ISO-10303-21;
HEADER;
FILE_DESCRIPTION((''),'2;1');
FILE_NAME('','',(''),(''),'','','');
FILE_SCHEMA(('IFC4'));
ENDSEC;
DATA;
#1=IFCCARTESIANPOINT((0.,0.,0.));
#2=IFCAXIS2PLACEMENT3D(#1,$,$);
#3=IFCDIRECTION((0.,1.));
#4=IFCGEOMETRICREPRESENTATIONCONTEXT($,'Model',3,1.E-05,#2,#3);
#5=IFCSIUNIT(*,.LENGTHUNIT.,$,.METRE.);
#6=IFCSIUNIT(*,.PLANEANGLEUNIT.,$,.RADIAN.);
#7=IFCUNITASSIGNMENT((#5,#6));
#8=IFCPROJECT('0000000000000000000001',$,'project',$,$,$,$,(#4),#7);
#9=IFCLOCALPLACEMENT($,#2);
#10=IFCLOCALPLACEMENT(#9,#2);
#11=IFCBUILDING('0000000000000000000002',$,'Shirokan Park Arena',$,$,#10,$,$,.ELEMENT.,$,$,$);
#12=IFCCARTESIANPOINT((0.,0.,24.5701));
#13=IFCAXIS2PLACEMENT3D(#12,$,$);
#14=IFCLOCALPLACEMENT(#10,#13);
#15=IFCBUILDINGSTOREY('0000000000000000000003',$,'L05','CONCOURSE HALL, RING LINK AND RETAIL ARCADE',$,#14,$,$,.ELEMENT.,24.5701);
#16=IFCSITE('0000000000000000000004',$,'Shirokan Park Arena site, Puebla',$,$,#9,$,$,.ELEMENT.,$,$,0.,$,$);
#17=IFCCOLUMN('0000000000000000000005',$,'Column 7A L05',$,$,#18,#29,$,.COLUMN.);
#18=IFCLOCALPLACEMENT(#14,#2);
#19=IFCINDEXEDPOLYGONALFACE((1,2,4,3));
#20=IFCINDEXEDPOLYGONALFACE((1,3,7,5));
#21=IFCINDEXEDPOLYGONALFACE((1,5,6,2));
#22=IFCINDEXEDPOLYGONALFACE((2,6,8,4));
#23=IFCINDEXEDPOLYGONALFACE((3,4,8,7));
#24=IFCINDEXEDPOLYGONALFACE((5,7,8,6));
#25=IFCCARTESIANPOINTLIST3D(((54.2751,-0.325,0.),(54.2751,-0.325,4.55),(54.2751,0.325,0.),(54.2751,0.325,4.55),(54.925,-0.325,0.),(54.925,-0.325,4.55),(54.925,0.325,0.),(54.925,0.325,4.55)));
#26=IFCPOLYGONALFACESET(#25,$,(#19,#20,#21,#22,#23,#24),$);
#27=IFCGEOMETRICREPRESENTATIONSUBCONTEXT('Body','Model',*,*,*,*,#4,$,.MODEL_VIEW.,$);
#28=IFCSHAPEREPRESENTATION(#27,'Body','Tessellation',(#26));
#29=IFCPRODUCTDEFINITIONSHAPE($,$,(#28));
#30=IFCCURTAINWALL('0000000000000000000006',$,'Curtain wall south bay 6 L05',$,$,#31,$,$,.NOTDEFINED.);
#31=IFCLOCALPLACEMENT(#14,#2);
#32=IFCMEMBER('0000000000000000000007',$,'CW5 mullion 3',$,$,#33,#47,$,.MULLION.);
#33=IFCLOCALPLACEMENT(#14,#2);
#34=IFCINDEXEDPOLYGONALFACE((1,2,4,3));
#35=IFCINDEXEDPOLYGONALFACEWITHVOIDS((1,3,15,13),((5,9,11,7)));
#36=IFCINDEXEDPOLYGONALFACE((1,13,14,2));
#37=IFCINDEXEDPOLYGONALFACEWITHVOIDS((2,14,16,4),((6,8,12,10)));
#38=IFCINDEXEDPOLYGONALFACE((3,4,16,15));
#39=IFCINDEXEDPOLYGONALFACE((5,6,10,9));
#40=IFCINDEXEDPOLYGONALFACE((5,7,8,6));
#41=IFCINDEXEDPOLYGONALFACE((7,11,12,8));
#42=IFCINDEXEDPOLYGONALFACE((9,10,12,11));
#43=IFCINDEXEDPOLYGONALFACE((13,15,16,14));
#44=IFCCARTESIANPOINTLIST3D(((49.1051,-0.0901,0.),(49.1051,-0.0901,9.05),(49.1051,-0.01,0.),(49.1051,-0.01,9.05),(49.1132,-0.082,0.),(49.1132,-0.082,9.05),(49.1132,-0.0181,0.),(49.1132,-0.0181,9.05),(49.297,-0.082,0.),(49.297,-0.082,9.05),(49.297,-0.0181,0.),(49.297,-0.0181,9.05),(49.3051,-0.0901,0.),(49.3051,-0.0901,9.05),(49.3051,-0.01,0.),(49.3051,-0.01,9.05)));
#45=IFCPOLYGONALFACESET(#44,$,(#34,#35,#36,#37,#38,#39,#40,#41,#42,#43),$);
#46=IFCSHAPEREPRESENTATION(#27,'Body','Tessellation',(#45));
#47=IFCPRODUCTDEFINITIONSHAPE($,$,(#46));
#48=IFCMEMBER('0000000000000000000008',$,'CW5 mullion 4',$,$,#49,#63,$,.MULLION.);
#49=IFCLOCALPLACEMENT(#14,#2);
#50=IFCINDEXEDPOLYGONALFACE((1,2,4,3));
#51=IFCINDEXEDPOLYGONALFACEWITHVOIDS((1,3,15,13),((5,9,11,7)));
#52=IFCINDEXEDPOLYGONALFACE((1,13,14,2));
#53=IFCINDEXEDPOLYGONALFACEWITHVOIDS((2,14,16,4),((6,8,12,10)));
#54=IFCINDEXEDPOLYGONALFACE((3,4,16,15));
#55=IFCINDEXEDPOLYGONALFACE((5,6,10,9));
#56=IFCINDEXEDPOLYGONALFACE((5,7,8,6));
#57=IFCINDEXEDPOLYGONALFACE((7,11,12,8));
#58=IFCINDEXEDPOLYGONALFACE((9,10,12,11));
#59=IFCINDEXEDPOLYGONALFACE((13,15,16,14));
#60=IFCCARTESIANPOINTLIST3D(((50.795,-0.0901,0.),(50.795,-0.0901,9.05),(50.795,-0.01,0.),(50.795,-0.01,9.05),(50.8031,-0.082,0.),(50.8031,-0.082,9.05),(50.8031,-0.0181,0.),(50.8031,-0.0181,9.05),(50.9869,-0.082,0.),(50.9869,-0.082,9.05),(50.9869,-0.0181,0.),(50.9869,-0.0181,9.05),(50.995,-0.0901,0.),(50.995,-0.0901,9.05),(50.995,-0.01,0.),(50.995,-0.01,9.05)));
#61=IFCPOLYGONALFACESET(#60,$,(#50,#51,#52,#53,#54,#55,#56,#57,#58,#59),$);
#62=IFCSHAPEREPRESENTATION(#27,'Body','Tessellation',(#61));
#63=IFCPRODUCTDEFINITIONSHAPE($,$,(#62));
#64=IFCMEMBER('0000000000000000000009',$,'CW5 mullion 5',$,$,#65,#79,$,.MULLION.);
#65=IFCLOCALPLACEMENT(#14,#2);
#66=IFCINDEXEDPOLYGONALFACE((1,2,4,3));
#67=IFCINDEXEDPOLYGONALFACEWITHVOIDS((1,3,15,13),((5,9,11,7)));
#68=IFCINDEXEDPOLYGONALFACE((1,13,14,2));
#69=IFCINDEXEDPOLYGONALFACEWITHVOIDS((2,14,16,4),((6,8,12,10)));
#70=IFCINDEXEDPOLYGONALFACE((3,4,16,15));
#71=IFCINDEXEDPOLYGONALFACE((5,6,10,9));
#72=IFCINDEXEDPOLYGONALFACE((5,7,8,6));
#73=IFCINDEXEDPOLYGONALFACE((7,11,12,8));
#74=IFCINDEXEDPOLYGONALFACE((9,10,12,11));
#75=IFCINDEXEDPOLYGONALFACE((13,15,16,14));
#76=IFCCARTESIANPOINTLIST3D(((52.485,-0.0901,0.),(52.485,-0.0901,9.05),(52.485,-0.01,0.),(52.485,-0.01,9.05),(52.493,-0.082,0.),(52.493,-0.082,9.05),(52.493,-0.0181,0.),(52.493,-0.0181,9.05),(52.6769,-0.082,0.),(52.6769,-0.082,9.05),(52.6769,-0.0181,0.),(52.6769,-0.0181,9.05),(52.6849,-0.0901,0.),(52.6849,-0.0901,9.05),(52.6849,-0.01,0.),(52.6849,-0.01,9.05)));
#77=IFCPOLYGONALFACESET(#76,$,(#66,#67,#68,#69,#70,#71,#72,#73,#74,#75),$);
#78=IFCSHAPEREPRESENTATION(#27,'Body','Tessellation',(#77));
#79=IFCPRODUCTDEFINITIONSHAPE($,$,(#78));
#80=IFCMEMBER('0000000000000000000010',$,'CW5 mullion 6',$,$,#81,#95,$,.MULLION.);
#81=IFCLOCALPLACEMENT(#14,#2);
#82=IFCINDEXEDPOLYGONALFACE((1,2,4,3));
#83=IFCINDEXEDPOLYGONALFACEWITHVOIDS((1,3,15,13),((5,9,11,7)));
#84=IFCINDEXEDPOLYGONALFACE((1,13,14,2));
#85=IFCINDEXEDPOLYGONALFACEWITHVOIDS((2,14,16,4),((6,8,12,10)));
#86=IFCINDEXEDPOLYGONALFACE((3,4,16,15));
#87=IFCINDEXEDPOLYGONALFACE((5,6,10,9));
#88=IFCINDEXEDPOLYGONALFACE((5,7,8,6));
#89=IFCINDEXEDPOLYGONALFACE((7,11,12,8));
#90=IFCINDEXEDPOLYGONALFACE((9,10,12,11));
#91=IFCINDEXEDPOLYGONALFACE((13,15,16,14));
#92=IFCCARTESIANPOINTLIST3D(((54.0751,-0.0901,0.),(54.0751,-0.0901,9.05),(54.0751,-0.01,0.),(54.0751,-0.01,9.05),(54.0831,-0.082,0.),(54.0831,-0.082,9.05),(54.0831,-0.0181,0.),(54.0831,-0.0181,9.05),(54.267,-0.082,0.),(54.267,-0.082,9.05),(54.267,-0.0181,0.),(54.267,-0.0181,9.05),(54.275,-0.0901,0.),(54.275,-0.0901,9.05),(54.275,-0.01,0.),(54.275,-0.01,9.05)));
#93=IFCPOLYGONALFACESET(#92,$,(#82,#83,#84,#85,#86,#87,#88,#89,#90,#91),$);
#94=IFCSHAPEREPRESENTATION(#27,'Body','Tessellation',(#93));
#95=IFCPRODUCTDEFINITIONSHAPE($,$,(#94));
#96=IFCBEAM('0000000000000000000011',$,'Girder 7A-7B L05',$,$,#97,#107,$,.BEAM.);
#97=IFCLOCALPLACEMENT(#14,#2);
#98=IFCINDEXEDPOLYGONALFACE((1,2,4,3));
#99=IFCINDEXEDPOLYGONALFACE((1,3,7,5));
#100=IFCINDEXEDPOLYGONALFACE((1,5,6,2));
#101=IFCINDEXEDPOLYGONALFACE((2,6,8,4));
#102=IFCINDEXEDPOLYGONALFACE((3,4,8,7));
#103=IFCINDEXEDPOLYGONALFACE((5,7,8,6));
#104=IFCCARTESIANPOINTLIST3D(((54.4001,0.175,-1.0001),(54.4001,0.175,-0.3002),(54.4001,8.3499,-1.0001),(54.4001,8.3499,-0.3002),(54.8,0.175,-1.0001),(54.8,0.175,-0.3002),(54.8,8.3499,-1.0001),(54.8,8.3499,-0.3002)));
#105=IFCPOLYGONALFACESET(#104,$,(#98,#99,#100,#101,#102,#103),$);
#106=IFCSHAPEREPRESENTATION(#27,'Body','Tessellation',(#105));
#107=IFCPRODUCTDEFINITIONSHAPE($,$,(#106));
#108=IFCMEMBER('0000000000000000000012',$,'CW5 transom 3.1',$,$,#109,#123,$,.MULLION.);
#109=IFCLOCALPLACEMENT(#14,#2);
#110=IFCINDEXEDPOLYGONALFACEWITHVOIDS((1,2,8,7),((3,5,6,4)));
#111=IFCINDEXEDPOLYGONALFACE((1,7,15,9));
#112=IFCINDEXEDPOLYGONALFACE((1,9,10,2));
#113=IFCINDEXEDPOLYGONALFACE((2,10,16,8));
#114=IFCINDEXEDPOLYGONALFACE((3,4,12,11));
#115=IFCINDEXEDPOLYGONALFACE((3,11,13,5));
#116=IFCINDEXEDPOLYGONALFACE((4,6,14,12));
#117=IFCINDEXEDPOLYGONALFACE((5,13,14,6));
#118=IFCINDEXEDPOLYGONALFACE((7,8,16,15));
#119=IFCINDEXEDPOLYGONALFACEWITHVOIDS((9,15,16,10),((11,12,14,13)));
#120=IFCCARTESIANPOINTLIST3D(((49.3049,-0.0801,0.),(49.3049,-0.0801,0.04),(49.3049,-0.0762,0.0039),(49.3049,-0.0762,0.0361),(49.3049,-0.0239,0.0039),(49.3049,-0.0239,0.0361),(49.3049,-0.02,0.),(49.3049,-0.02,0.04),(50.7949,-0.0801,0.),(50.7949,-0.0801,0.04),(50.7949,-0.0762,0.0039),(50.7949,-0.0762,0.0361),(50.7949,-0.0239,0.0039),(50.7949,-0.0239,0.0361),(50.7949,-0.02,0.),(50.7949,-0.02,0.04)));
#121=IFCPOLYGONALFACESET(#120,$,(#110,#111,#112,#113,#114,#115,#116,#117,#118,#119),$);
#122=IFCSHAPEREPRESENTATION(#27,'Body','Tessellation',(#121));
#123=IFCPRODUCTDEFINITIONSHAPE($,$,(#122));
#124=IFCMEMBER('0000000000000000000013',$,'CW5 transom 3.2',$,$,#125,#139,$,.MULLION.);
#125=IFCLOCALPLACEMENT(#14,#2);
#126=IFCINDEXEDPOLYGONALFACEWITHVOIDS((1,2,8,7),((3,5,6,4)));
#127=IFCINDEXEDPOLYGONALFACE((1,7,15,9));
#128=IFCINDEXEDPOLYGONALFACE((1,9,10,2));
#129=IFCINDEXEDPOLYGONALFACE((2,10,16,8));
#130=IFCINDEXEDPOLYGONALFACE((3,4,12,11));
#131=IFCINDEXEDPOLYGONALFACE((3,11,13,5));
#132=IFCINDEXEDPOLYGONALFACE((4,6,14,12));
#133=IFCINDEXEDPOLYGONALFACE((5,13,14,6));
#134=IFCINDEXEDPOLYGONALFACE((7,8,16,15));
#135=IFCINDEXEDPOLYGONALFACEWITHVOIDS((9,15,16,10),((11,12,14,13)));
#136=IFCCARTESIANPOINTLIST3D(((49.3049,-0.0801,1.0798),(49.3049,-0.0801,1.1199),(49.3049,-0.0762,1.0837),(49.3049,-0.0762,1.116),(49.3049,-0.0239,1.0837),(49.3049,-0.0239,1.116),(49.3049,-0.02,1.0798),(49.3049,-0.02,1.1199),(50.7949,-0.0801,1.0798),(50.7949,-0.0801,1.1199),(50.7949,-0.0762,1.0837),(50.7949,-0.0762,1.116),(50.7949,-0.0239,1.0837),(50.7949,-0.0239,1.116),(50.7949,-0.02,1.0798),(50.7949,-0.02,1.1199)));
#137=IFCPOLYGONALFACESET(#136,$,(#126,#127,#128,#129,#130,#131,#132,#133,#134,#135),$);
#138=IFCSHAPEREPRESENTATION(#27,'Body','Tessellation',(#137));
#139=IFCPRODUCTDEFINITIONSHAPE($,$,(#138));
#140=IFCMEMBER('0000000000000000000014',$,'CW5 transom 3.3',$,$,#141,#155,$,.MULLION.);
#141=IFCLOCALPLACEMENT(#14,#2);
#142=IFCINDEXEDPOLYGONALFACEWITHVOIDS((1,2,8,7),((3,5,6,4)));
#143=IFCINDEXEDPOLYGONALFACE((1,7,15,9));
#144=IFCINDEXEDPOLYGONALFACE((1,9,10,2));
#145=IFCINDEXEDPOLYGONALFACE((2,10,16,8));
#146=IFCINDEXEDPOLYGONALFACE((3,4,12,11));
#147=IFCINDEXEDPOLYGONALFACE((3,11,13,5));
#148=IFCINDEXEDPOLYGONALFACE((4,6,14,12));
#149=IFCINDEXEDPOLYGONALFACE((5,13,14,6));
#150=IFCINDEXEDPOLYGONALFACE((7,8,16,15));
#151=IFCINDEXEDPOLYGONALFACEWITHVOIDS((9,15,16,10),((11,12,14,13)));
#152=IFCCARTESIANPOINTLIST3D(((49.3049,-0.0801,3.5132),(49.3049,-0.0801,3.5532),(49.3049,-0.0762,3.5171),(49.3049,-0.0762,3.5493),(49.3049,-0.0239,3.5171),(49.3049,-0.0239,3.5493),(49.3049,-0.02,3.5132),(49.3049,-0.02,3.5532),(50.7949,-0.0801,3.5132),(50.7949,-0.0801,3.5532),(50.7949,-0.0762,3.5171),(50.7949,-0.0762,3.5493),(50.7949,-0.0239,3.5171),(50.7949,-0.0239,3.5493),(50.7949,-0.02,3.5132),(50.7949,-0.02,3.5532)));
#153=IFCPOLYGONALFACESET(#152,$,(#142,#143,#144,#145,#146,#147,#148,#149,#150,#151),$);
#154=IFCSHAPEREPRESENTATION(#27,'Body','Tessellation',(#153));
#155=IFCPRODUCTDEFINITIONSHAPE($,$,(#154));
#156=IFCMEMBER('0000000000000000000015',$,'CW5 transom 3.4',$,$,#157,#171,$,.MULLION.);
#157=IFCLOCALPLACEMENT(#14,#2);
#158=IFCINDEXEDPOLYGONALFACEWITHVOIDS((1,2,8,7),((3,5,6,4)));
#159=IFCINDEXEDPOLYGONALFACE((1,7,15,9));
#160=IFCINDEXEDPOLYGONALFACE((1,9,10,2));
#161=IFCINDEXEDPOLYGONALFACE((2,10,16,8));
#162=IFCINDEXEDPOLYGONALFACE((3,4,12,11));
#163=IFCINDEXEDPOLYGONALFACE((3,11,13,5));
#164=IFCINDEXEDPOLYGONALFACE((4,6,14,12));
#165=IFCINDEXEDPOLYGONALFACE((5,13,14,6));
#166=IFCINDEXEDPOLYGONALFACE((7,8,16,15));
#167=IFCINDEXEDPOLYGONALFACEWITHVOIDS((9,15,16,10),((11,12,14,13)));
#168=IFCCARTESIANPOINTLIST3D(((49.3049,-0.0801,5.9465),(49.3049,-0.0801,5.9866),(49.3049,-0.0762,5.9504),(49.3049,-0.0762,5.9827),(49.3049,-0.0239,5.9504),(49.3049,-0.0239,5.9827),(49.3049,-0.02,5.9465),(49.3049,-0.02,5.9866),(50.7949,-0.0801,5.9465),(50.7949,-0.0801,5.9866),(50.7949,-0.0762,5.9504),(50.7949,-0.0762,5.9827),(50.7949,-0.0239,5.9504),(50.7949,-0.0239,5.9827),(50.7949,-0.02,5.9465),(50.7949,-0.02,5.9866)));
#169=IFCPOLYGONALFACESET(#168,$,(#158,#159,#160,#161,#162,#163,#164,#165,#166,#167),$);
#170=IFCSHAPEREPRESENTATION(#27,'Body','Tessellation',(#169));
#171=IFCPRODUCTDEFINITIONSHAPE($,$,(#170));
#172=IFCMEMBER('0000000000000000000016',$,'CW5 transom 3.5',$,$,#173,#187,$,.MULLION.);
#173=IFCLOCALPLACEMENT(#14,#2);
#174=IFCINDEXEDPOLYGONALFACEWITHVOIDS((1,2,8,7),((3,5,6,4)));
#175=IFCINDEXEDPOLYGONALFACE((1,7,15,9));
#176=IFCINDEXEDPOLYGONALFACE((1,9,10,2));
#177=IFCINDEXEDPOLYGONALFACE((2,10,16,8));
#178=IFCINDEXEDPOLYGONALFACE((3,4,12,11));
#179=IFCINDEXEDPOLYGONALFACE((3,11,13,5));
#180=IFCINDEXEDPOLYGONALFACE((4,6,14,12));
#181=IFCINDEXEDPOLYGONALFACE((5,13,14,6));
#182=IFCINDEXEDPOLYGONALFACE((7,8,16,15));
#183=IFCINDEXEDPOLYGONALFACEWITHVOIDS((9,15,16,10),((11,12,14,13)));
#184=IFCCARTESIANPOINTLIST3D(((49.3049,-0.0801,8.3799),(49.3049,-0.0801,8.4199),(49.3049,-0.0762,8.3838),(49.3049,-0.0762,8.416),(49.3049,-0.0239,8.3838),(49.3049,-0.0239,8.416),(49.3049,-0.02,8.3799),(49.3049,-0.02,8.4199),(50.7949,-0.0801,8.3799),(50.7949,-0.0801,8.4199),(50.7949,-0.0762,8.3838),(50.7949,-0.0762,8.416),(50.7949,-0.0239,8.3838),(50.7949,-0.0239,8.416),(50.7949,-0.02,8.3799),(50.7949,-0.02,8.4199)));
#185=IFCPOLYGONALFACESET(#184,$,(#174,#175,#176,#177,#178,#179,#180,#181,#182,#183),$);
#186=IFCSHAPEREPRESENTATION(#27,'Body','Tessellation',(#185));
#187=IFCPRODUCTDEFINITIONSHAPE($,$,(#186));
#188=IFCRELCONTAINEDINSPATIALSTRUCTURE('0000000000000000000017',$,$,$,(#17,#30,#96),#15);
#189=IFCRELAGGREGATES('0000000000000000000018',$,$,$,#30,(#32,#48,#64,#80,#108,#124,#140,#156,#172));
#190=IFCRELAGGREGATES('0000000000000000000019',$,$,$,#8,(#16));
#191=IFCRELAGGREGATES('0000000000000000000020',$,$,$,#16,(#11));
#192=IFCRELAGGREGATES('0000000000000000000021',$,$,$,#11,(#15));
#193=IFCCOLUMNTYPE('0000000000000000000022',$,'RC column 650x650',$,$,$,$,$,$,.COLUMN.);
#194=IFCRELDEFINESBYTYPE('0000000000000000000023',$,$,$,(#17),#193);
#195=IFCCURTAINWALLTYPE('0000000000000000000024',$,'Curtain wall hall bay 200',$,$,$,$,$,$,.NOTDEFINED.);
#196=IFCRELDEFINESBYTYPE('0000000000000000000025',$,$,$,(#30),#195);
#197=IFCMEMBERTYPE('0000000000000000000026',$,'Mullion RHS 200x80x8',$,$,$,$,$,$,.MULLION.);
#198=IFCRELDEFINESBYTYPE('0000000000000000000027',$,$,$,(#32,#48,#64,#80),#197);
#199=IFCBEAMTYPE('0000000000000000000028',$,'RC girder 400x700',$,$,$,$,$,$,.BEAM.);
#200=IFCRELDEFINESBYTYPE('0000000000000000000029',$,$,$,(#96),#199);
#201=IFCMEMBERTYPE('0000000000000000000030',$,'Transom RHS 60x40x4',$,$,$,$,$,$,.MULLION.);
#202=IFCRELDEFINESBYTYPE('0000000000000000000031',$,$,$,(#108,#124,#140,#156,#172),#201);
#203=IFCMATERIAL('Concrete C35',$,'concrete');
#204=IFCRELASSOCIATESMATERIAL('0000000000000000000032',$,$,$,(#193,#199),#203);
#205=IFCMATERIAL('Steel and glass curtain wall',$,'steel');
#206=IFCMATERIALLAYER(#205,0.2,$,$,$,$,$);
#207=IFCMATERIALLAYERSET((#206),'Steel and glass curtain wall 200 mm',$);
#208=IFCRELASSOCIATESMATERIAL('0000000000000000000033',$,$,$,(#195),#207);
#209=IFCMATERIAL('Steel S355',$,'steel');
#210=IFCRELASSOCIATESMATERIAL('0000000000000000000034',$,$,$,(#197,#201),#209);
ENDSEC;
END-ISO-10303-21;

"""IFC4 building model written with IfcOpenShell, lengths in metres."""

from ifc_helpers import new_model, si_unit, direction, frame, origin, origin_2d, place, context, subcontext, project, spatial, rectangle, hollow_rectangle, extrude, material, layer, layer_set, material_profile, profile_set, type_object, element, aggregate, save


model = new_model("IFC4")

# Units and contexts
model_context = context("Model", 3, precision=1e-05, world=origin(), true_north=direction((0.0, 1.0)))
body_context = subcontext(model_context, "Body", "Model", "MODEL_VIEW")
ifc_project = project(units=[si_unit("LENGTHUNIT", "METRE"), si_unit("PLANEANGLEUNIT", "RADIAN")], contexts=[model_context])

# Site, building, storey
site_placement = place(None, origin())
site = spatial("IfcSite", under=ifc_project, at=site_placement, Name="Shirokan Park Arena site, Puebla", CompositionType="ELEMENT", RefElevation=0.0)
building_placement = place(site_placement, origin())
building = spatial("IfcBuilding", under=site, at=building_placement, Name="Shirokan Park Arena", CompositionType="ELEMENT")
storey_placement = place(building_placement, frame((0.0, 0.0, 24.5701)))
storey = spatial("IfcBuildingStorey", under=building, at=storey_placement, Name="L05", Description="CONCOURSE HALL, RING LINK AND RETAIL ARCADE", CompositionType="ELEMENT", Elevation=24.5701)

# Column
ifc_material_1 = material(Name="Concrete C35", Category="concrete")
ifc_material_profile_1 = material_profile(ifc_material_1, rectangle(XDim=0.6499, YDim=0.6499, at=origin_2d()), Name="650x650")
ifc_profile_set_1 = profile_set([ifc_material_profile_1], Name="Concrete C35")
column_type = type_object("IfcColumnType", Name="RC column 650x650", PredefinedType="COLUMN", material=ifc_profile_set_1)
column_placement = place(storey_placement, frame((54.6001, 0.0, 0.0), z_axis=(0.0, 0.0, 1.0), x_axis=(1.0, 0.0, 0.0)))
element("IfcColumn", 1, at=column_placement, inside=storey, type_object=column_type, Name="Column 7A L05", PredefinedType="COLUMN", context=body_context, shape_type="SweptSolid", body=[
    extrude(rectangle(XDim=0.6499, YDim=0.6499, at=origin_2d()), origin(), (0.0, 0.0, 1.0), 4.55),
])

# Curtain wall, members
ifc_material_2 = material(Name="Steel and glass curtain wall", Category="steel")
ifc_layer_1 = layer(ifc_material_2, 0.2)
ifc_layer_set_1 = layer_set([ifc_layer_1], Name="Steel and glass curtain wall 200 mm")
curtain_wall_type = type_object("IfcCurtainWallType", Name="Curtain wall hall bay 200", PredefinedType="NOTDEFINED", material=ifc_layer_set_1)
curtain_wall_placement = place(storey_placement, origin())
curtain_wall = element("IfcCurtainWall", 2, at=curtain_wall_placement, inside=storey, type_object=curtain_wall_type, Name="Curtain wall south bay 6 L05", PredefinedType="NOTDEFINED")
ifc_material_3 = material(Name="Steel S355", Category="steel")
ifc_material_profile_2 = material_profile(ifc_material_3, hollow_rectangle(XDim=0.0801, YDim=0.2, WallThickness=0.0081, at=origin_2d()), Name="RHS 200x80x8")
ifc_profile_set_2 = profile_set([ifc_material_profile_2], Name="Steel S355")
member_type_1 = type_object("IfcMemberType", Name="Mullion RHS 200x80x8", PredefinedType="MULLION", material=ifc_profile_set_2)
member_1_placement = place(storey_placement, frame((49.2051, -0.05, 0.0), z_axis=(0.0, 0.0, 1.0), x_axis=(0.0, 1.0, 0.0)))
member_1 = element("IfcMember", 3, at=member_1_placement, type_object=member_type_1, Name="CW5 mullion 3", PredefinedType="MULLION", context=body_context, shape_type="SweptSolid", body=[
    extrude(hollow_rectangle(XDim=0.0801, YDim=0.2, WallThickness=0.0081, at=origin_2d()), origin(), (0.0, 0.0, 1.0), 9.05),
])
member_2_placement = place(storey_placement, frame((50.895, -0.05, 0.0), z_axis=(0.0, 0.0, 1.0), x_axis=(0.0, 1.0, 0.0)))
member_2 = element("IfcMember", 4, at=member_2_placement, type_object=member_type_1, Name="CW5 mullion 4", PredefinedType="MULLION", context=body_context, shape_type="SweptSolid", body=[
    extrude(hollow_rectangle(XDim=0.0801, YDim=0.2, WallThickness=0.0081, at=origin_2d()), origin(), (0.0, 0.0, 1.0), 9.05),
])
member_3_placement = place(storey_placement, frame((52.585, -0.05, 0.0), z_axis=(0.0, 0.0, 1.0), x_axis=(0.0, 1.0, 0.0)))
member_3 = element("IfcMember", 5, at=member_3_placement, type_object=member_type_1, Name="CW5 mullion 5", PredefinedType="MULLION", context=body_context, shape_type="SweptSolid", body=[
    extrude(hollow_rectangle(XDim=0.0801, YDim=0.2, WallThickness=0.0081, at=origin_2d()), origin(), (0.0, 0.0, 1.0), 9.05),
])
member_4_placement = place(storey_placement, frame((54.175, -0.05, 0.0), z_axis=(0.0, 0.0, 1.0), x_axis=(0.0, 1.0, 0.0)))
member_4 = element("IfcMember", 6, at=member_4_placement, type_object=member_type_1, Name="CW5 mullion 6", PredefinedType="MULLION", context=body_context, shape_type="SweptSolid", body=[
    extrude(hollow_rectangle(XDim=0.0801, YDim=0.2, WallThickness=0.0081, at=origin_2d()), origin(), (0.0, 0.0, 1.0), 9.05),
])

# Beam
ifc_material_profile_3 = material_profile(ifc_material_1, rectangle(XDim=0.3999, YDim=0.7, at=origin_2d()), Name="400x700")
ifc_profile_set_3 = profile_set([ifc_material_profile_3], Name="Concrete C35")
beam_type = type_object("IfcBeamType", Name="RC girder 400x700", PredefinedType="BEAM", material=ifc_profile_set_3)
beam_placement = place(storey_placement, frame((54.6001, 0.175, -0.6501), z_axis=(0.0, 1.0, 0.0), x_axis=(-1.0, 0.0, 0.0)))
element("IfcBeam", 7, at=beam_placement, inside=storey, type_object=beam_type, Name="Girder 7A-7B L05", PredefinedType="BEAM", context=body_context, shape_type="SweptSolid", body=[
    extrude(rectangle(XDim=0.3999, YDim=0.7, at=origin_2d()), origin(), (0.0, 0.0, 1.0), 8.1748),
])

# Members
ifc_material_profile_4 = material_profile(ifc_material_3, hollow_rectangle(XDim=0.0601, YDim=0.04, WallThickness=0.0039, at=origin_2d()), Name="RHS 60x40x4")
ifc_profile_set_4 = profile_set([ifc_material_profile_4], Name="Steel S355")
member_type_2 = type_object("IfcMemberType", Name="Transom RHS 60x40x4", PredefinedType="MULLION", material=ifc_profile_set_4)
member_5_placement = place(storey_placement, frame((49.3049, -0.05, 0.02), z_axis=(1.0, 0.0, 0.0), x_axis=(0.0, 1.0, 0.0)))
member_5 = element("IfcMember", 8, at=member_5_placement, type_object=member_type_2, Name="CW5 transom 3.1", PredefinedType="MULLION", context=body_context, shape_type="SweptSolid", body=[
    extrude(hollow_rectangle(XDim=0.0601, YDim=0.04, WallThickness=0.0039, at=origin_2d()), origin(), (0.0, 0.0, 1.0), 1.49),
])
member_6_placement = place(storey_placement, frame((49.3049, -0.05, 1.0999), z_axis=(1.0, 0.0, 0.0), x_axis=(0.0, 1.0, 0.0)))
member_6 = element("IfcMember", 9, at=member_6_placement, type_object=member_type_2, Name="CW5 transom 3.2", PredefinedType="MULLION", context=body_context, shape_type="SweptSolid", body=[
    extrude(hollow_rectangle(XDim=0.0601, YDim=0.04, WallThickness=0.0039, at=origin_2d()), origin(), (0.0, 0.0, 1.0), 1.49),
])
member_7_placement = place(storey_placement, frame((49.3049, -0.05, 3.5332), z_axis=(1.0, 0.0, 0.0), x_axis=(0.0, 1.0, 0.0)))
member_7 = element("IfcMember", 10, at=member_7_placement, type_object=member_type_2, Name="CW5 transom 3.3", PredefinedType="MULLION", context=body_context, shape_type="SweptSolid", body=[
    extrude(hollow_rectangle(XDim=0.0601, YDim=0.04, WallThickness=0.0039, at=origin_2d()), origin(), (0.0, 0.0, 1.0), 1.49),
])
member_8_placement = place(storey_placement, frame((49.3049, -0.05, 5.9666), z_axis=(1.0, 0.0, 0.0), x_axis=(0.0, 1.0, 0.0)))
member_8 = element("IfcMember", 11, at=member_8_placement, type_object=member_type_2, Name="CW5 transom 3.4", PredefinedType="MULLION", context=body_context, shape_type="SweptSolid", body=[
    extrude(hollow_rectangle(XDim=0.0601, YDim=0.04, WallThickness=0.0039, at=origin_2d()), origin(), (0.0, 0.0, 1.0), 1.49),
])
member_9_placement = place(storey_placement, frame((49.3049, -0.05, 8.3999), z_axis=(1.0, 0.0, 0.0), x_axis=(0.0, 1.0, 0.0)))
member_9 = element("IfcMember", 12, at=member_9_placement, type_object=member_type_2, Name="CW5 transom 3.5", PredefinedType="MULLION", context=body_context, shape_type="SweptSolid", body=[
    extrude(hollow_rectangle(XDim=0.0601, YDim=0.04, WallThickness=0.0039, at=origin_2d()), origin(), (0.0, 0.0, 1.0), 1.49),
])

aggregate(curtain_wall, [member_1, member_2, member_3, member_4, member_5, member_6, member_7, member_8, member_9])

save(model, "model.ifc")
